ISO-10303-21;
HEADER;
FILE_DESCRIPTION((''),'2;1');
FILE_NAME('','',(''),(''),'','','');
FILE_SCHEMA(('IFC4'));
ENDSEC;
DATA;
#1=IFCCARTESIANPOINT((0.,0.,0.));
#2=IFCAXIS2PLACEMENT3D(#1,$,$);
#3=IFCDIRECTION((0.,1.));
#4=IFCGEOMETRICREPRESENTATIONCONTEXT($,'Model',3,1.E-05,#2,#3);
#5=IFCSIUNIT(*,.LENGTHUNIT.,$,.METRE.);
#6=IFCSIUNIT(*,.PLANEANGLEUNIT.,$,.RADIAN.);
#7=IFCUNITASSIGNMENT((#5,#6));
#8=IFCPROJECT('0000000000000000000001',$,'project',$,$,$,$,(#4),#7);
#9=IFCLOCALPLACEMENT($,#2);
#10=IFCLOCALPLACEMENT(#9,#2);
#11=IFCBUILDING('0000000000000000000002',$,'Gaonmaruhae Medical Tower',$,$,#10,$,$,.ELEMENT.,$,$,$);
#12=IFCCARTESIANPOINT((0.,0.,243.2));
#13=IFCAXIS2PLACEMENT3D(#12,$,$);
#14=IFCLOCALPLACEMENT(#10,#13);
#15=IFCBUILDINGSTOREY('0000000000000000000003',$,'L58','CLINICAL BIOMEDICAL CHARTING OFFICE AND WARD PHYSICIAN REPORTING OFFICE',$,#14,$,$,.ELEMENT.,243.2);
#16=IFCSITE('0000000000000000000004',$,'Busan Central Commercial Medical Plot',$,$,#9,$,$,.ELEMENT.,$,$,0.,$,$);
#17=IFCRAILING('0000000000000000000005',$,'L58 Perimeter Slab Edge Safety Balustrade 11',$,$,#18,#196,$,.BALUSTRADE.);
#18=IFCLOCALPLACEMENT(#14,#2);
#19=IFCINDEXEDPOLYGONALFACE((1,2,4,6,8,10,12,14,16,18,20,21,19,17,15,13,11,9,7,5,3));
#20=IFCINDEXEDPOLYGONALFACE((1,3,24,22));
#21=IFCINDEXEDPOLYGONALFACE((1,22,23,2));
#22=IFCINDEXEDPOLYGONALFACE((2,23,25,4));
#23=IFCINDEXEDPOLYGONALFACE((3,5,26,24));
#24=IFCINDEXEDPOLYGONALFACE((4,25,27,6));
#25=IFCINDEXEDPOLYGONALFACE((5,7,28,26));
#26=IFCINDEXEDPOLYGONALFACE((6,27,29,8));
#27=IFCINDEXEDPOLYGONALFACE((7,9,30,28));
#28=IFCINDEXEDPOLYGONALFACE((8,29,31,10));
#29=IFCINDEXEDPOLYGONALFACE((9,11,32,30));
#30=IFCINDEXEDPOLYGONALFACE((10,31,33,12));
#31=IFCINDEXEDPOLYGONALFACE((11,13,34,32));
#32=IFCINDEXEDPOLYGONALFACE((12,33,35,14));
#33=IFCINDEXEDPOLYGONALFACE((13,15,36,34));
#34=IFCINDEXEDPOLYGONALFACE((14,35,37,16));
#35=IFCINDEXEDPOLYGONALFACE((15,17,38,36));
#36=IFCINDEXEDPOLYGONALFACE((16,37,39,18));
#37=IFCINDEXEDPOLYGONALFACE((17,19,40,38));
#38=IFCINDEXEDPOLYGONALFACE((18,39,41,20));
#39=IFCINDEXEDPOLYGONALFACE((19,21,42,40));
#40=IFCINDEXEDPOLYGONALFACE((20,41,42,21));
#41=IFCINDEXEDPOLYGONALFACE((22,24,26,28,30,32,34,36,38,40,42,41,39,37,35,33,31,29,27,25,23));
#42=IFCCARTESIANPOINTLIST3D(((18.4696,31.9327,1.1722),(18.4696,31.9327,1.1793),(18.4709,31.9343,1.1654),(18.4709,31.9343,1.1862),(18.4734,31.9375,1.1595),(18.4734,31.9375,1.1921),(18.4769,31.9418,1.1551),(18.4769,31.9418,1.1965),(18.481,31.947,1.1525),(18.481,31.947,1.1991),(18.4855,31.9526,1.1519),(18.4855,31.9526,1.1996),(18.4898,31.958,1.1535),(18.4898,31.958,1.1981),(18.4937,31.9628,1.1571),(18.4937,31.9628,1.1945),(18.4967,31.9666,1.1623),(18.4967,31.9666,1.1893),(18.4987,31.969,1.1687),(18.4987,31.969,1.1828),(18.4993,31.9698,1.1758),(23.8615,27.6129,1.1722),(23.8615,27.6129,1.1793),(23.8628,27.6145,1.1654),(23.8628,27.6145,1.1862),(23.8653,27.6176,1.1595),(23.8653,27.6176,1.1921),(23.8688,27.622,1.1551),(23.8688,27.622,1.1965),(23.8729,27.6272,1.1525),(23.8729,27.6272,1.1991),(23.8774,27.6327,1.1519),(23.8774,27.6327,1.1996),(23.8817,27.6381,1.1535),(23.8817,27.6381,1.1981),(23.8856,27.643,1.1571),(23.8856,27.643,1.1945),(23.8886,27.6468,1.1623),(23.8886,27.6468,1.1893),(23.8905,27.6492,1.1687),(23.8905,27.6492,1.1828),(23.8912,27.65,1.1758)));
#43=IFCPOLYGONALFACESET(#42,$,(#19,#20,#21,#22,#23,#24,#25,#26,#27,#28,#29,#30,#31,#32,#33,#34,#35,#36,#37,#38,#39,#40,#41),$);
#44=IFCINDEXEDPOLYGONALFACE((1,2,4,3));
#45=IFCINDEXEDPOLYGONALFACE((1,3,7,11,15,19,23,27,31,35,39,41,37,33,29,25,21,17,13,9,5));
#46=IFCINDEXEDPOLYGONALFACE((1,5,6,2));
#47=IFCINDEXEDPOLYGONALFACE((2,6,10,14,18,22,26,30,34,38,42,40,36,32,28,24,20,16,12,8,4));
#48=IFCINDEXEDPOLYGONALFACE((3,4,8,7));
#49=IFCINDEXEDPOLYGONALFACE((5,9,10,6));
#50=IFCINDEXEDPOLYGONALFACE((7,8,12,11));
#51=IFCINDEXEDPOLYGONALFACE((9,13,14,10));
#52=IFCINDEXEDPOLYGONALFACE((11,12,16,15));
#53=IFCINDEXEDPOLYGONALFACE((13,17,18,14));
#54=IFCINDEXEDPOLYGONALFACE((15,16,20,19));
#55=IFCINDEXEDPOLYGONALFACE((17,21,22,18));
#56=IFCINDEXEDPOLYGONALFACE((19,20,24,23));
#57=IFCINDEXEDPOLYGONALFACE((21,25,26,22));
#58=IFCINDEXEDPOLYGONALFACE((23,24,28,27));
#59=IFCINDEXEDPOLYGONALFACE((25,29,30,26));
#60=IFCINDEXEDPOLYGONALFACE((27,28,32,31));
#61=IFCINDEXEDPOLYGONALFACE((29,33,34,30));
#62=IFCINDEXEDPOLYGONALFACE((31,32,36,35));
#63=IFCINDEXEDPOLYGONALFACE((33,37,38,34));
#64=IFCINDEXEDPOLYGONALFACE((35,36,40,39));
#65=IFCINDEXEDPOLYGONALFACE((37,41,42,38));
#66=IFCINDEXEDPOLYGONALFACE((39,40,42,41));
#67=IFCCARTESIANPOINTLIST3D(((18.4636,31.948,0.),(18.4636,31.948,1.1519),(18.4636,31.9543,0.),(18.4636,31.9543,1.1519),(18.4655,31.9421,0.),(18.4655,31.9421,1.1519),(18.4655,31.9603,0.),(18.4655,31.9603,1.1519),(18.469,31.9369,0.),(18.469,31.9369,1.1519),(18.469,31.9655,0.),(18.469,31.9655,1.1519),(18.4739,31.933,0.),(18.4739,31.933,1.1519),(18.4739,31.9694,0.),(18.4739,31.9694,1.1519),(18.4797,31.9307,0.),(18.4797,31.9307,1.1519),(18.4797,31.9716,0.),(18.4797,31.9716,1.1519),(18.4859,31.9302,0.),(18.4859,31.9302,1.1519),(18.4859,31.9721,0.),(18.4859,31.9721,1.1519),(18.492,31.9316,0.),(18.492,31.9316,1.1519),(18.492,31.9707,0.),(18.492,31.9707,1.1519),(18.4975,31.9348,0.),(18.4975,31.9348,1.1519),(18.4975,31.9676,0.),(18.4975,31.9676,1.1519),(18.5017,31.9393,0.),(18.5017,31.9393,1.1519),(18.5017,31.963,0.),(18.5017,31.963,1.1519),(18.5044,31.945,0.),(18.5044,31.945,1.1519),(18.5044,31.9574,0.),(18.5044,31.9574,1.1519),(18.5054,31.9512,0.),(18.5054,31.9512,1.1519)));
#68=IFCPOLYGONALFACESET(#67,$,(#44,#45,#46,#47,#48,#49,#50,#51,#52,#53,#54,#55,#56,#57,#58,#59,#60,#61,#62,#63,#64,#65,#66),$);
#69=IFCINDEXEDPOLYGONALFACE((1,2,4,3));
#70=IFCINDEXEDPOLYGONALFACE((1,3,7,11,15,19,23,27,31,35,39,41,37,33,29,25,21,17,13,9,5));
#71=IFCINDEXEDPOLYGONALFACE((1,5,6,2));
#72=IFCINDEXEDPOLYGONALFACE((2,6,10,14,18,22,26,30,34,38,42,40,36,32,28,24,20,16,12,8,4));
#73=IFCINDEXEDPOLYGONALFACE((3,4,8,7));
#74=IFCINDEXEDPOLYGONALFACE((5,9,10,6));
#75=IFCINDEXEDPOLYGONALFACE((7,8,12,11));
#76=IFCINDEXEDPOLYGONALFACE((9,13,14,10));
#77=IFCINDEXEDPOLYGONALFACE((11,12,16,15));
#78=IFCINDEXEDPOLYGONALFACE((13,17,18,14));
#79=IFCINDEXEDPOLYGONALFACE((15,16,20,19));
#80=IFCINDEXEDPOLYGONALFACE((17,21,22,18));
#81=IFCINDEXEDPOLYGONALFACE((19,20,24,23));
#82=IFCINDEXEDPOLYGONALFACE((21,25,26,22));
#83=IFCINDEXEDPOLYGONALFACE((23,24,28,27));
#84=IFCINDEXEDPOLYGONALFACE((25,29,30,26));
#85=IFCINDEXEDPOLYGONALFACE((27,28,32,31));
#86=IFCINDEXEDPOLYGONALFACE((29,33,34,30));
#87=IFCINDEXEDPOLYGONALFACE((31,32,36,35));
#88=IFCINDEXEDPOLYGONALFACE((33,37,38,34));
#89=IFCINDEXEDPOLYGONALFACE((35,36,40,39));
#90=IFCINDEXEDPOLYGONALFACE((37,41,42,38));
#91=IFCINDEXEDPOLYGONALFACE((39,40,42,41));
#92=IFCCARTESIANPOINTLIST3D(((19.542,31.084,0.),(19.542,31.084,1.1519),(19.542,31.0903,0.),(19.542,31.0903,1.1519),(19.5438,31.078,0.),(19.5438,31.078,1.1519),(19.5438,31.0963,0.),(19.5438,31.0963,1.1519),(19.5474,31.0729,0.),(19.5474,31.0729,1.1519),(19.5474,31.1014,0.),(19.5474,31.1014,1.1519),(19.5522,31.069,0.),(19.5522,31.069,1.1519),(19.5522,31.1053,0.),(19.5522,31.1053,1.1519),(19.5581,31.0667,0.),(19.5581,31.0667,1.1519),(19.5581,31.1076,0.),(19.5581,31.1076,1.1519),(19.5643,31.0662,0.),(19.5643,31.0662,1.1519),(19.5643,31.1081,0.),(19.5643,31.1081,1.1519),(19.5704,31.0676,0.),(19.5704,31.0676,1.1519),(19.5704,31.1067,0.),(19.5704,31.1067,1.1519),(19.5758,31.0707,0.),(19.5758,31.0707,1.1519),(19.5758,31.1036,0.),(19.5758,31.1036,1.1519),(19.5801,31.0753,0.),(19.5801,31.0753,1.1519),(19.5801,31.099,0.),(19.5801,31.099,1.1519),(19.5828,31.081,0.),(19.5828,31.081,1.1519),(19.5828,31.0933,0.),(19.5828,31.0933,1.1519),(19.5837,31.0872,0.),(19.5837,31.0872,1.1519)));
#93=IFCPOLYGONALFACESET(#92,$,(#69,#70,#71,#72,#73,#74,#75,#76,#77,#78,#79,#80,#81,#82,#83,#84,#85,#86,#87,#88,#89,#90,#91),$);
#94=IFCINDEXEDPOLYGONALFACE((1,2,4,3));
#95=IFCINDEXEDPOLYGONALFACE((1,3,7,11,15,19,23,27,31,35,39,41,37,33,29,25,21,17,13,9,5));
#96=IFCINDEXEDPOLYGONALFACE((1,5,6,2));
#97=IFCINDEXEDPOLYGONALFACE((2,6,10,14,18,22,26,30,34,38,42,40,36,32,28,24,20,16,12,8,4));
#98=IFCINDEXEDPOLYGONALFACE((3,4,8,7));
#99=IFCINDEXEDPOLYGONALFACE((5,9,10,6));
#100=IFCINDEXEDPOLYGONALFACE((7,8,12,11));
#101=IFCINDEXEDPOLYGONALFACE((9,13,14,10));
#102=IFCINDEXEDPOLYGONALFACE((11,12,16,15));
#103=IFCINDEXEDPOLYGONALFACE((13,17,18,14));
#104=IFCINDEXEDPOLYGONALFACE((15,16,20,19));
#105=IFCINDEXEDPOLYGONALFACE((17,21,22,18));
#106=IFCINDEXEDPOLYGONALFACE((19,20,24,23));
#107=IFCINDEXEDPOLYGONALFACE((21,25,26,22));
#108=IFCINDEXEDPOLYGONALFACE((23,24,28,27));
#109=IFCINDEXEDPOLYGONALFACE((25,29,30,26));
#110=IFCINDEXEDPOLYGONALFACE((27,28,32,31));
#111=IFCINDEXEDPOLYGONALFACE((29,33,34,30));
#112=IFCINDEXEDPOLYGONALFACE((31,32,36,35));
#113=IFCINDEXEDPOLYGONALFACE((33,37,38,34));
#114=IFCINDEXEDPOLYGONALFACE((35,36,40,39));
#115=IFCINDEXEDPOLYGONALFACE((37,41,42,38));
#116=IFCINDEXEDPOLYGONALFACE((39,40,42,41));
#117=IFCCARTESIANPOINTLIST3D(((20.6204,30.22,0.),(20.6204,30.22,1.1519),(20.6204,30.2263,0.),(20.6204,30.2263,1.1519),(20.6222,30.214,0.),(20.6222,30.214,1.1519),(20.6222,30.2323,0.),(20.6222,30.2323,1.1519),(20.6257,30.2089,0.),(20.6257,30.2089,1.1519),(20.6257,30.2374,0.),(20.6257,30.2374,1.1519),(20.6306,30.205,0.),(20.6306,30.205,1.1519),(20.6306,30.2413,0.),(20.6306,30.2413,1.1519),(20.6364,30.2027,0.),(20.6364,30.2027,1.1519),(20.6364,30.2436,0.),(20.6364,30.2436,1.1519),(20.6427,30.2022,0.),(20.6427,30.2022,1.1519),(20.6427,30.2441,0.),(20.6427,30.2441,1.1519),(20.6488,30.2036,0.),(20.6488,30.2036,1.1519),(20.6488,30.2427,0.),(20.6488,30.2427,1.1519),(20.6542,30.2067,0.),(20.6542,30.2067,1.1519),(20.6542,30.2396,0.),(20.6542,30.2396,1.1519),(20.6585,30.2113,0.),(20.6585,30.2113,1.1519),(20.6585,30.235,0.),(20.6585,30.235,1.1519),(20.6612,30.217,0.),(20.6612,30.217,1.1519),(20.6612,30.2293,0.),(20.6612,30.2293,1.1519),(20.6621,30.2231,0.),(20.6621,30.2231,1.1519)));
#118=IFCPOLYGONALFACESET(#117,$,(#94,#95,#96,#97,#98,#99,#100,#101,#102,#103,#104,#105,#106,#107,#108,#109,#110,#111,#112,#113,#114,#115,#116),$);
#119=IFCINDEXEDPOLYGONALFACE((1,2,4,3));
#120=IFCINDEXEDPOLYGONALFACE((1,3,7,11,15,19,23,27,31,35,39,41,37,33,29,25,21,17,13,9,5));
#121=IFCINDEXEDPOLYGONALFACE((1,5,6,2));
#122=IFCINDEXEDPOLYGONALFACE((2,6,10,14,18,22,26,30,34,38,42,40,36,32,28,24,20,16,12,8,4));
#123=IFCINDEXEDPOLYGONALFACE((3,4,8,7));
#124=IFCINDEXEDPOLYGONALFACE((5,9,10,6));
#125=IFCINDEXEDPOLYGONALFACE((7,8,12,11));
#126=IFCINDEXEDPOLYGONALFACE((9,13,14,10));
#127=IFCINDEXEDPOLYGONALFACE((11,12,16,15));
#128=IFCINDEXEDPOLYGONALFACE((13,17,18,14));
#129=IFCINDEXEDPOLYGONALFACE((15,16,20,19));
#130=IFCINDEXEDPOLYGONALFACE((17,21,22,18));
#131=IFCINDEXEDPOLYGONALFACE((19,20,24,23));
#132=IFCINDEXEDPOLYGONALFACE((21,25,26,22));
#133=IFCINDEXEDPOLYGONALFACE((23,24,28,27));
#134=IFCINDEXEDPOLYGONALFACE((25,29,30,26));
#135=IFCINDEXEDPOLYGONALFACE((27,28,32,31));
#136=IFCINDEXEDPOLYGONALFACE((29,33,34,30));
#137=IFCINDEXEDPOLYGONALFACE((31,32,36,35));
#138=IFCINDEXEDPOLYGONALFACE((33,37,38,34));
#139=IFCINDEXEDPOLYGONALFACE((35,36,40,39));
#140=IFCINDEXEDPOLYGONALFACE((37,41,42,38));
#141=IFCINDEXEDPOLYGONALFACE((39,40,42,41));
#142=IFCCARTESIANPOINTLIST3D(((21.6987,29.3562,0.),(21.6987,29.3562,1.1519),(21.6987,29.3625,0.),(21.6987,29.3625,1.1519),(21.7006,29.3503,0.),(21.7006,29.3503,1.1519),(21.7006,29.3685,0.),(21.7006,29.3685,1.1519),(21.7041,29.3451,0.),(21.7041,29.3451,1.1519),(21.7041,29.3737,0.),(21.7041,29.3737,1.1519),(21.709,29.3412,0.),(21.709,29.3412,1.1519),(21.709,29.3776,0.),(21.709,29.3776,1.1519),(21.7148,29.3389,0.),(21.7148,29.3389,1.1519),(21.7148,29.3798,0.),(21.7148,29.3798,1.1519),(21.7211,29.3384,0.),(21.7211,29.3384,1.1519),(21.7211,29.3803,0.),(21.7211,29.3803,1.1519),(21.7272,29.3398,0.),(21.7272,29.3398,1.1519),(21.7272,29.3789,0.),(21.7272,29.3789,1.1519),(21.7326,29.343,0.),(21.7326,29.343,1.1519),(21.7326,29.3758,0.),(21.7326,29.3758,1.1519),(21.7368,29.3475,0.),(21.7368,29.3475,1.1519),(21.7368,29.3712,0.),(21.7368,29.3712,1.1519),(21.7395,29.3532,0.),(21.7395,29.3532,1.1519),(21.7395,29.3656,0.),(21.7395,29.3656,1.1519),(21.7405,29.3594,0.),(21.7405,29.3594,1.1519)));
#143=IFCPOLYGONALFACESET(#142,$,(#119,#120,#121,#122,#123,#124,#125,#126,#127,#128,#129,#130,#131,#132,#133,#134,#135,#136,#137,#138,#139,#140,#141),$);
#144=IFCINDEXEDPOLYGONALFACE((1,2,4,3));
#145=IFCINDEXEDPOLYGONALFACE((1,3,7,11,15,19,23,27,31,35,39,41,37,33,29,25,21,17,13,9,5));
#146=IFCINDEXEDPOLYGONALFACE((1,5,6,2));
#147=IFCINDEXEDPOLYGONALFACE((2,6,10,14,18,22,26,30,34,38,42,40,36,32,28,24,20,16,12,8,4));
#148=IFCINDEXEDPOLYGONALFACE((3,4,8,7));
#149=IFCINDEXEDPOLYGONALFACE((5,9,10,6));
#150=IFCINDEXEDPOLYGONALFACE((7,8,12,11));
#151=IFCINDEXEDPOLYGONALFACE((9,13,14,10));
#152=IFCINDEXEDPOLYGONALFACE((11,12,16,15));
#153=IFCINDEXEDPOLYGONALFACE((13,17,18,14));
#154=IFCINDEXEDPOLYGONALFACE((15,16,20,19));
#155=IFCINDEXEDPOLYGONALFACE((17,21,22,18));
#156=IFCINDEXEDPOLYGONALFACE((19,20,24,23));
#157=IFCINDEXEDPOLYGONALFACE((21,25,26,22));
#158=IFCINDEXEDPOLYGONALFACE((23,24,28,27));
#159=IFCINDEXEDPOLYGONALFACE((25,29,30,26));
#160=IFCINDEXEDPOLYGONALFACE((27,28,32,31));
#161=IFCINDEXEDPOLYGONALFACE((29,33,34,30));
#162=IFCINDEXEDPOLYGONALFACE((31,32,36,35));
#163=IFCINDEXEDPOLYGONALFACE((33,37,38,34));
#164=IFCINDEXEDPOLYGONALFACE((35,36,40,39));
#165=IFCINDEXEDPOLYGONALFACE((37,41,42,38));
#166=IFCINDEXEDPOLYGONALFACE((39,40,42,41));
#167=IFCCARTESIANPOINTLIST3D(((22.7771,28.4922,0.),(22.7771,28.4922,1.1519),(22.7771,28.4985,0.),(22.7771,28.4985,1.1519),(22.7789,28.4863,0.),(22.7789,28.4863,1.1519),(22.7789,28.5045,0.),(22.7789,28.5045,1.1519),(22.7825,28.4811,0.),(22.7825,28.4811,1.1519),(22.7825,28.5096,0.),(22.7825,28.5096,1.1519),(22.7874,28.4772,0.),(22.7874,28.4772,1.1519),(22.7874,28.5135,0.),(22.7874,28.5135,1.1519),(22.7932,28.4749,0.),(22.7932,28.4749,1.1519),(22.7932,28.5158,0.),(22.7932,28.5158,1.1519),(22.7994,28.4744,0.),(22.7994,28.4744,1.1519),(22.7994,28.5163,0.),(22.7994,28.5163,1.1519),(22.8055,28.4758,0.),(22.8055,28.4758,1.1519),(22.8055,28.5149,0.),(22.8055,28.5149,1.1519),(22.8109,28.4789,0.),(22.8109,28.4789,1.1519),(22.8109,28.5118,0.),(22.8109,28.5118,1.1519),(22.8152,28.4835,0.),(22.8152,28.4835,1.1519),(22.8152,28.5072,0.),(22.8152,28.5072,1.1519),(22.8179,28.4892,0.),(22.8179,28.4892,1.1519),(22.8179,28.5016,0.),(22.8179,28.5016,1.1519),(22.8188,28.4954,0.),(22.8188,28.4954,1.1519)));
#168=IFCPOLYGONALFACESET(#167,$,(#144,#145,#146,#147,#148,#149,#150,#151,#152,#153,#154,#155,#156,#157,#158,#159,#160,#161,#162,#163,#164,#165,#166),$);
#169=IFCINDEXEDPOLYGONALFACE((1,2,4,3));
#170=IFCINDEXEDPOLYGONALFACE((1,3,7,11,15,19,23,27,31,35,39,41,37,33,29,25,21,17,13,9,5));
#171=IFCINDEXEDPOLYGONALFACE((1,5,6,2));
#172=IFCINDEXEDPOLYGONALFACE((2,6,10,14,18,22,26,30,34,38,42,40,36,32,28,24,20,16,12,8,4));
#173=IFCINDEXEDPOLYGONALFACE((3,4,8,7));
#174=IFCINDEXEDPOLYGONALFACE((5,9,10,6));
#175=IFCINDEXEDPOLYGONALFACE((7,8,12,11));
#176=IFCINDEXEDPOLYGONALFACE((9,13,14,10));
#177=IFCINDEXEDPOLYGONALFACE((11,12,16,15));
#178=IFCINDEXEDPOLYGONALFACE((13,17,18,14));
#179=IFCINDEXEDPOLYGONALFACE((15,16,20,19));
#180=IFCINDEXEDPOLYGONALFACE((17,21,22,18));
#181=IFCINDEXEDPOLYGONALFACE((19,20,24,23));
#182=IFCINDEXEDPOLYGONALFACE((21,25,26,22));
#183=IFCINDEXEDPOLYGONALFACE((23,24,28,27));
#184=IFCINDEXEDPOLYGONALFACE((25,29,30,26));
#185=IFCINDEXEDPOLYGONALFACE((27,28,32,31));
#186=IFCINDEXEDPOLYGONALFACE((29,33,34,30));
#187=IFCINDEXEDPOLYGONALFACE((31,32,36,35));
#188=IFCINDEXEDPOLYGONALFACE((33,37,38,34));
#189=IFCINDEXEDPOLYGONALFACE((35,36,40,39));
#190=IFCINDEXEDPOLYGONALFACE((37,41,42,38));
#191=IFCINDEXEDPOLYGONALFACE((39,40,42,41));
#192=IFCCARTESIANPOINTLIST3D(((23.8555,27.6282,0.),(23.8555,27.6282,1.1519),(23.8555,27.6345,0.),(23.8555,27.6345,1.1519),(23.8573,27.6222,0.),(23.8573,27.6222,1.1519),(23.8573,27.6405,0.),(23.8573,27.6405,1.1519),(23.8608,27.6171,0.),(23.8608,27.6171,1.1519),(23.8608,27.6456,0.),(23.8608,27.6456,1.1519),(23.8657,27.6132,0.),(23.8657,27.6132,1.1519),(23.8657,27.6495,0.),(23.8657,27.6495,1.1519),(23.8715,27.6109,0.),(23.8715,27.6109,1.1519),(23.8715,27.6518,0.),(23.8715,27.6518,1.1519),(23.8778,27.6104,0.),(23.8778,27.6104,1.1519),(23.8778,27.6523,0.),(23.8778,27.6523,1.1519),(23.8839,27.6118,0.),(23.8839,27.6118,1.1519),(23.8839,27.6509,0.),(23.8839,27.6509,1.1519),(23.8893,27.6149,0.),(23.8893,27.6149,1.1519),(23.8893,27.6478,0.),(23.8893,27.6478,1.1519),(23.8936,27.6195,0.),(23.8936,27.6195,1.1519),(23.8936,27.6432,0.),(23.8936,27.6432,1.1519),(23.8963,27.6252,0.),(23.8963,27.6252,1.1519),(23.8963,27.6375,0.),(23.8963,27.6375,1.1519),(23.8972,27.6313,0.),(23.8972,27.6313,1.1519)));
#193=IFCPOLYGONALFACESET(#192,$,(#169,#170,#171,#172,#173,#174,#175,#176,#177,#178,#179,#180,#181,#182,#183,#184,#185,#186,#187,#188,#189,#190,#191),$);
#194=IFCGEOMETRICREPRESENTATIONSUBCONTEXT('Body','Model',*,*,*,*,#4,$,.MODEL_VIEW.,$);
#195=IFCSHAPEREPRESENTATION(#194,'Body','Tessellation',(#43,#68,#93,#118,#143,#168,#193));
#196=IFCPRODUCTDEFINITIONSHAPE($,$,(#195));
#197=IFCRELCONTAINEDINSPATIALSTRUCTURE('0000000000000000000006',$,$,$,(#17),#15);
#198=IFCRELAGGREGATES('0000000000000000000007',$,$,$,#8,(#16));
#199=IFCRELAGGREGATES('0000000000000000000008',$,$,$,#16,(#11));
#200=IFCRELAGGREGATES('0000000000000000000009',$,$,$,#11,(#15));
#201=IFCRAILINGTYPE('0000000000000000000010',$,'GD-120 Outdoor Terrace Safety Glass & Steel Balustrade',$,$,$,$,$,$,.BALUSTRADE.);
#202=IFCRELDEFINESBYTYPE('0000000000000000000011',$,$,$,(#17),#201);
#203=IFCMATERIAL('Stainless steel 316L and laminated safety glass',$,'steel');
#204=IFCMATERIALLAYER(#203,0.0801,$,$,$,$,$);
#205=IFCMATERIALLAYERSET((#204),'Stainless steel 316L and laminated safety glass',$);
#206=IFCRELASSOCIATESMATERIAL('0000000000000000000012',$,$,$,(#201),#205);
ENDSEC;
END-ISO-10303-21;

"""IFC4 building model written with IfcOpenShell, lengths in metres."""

from ifc_helpers import new_model, si_unit, direction, frame, origin, origin_2d, place, context, subcontext, project, spatial, circle, extrude, material, layer, layer_set, type_object, element, save


model = new_model("IFC4")

# Units and contexts
model_context = context("Model", 3, precision=1e-05, world=origin(), true_north=direction((0.0, 1.0)))
body_context = subcontext(model_context, "Body", "Model", "MODEL_VIEW")
ifc_project = project(units=[si_unit("LENGTHUNIT", "METRE"), si_unit("PLANEANGLEUNIT", "RADIAN")], contexts=[model_context])

# Site, building, storey
site_placement = place(None, origin())
site = spatial("IfcSite", under=ifc_project, at=site_placement, Name="Busan Central Commercial Medical Plot", CompositionType="ELEMENT", RefElevation=0.0)
building_placement = place(site_placement, origin())
building = spatial("IfcBuilding", under=site, at=building_placement, Name="Gaonmaruhae Medical Tower", CompositionType="ELEMENT")
storey_placement = place(building_placement, frame((0.0, 0.0, 243.2)))
storey = spatial("IfcBuildingStorey", under=building, at=storey_placement, Name="L58", Description="CLINICAL BIOMEDICAL CHARTING OFFICE AND WARD PHYSICIAN REPORTING OFFICE", CompositionType="ELEMENT", Elevation=243.2)

# Railing
ifc_material_1 = material(Name="Stainless steel 316L and laminated safety glass", Category="steel")
ifc_layer_1 = layer(ifc_material_1, 0.0801)
ifc_layer_set_1 = layer_set([ifc_layer_1], Name="Stainless steel 316L and laminated safety glass")
railing_type = type_object("IfcRailingType", Name="GD-120 Outdoor Terrace Safety Glass & Steel Balustrade", PredefinedType="BALUSTRADE", material=ifc_layer_set_1)
railing_1_placement = place(storey_placement, frame((18.4844, 31.9512, 0.0)))
element("IfcRailing", 1, at=railing_1_placement, inside=storey, type_object=railing_type, Name="L58 Perimeter Slab Edge Safety Balustrade 11", PredefinedType="BALUSTRADE", context=body_context, shape_type="SweptSolid", body=[
    extrude(circle(Radius=0.0239, at=origin_2d()), frame((0.0, 0.0, 1.1758), z_axis=(0.78042, -0.625255, 0.0), x_axis=(0.625255, 0.78042, 0.0)), (0.0, 0.0, 1.0), 6.9089),
    extrude(circle(Radius=0.021, at=origin_2d()), origin(), (0.0, 0.0, 1.0), 1.1519),
    extrude(circle(Radius=0.021, at=origin_2d()), frame((1.0784, -0.864, 0.0)), (0.0, 0.0, 1.0), 1.1519),
    extrude(circle(Radius=0.021, at=origin_2d()), frame((2.1567, -1.728, 0.0)), (0.0, 0.0, 1.0), 1.1519),
    extrude(circle(Radius=0.021, at=origin_2d()), frame((3.2351, -2.5918, 0.0)), (0.0, 0.0, 1.0), 1.1519),
    extrude(circle(Radius=0.021, at=origin_2d()), frame((4.3135, -3.4558, 0.0)), (0.0, 0.0, 1.0), 1.1519),
    extrude(circle(Radius=0.021, at=origin_2d()), frame((5.3918, -4.3198, 0.0)), (0.0, 0.0, 1.0), 1.1519),
])

save(model, "model.ifc")
